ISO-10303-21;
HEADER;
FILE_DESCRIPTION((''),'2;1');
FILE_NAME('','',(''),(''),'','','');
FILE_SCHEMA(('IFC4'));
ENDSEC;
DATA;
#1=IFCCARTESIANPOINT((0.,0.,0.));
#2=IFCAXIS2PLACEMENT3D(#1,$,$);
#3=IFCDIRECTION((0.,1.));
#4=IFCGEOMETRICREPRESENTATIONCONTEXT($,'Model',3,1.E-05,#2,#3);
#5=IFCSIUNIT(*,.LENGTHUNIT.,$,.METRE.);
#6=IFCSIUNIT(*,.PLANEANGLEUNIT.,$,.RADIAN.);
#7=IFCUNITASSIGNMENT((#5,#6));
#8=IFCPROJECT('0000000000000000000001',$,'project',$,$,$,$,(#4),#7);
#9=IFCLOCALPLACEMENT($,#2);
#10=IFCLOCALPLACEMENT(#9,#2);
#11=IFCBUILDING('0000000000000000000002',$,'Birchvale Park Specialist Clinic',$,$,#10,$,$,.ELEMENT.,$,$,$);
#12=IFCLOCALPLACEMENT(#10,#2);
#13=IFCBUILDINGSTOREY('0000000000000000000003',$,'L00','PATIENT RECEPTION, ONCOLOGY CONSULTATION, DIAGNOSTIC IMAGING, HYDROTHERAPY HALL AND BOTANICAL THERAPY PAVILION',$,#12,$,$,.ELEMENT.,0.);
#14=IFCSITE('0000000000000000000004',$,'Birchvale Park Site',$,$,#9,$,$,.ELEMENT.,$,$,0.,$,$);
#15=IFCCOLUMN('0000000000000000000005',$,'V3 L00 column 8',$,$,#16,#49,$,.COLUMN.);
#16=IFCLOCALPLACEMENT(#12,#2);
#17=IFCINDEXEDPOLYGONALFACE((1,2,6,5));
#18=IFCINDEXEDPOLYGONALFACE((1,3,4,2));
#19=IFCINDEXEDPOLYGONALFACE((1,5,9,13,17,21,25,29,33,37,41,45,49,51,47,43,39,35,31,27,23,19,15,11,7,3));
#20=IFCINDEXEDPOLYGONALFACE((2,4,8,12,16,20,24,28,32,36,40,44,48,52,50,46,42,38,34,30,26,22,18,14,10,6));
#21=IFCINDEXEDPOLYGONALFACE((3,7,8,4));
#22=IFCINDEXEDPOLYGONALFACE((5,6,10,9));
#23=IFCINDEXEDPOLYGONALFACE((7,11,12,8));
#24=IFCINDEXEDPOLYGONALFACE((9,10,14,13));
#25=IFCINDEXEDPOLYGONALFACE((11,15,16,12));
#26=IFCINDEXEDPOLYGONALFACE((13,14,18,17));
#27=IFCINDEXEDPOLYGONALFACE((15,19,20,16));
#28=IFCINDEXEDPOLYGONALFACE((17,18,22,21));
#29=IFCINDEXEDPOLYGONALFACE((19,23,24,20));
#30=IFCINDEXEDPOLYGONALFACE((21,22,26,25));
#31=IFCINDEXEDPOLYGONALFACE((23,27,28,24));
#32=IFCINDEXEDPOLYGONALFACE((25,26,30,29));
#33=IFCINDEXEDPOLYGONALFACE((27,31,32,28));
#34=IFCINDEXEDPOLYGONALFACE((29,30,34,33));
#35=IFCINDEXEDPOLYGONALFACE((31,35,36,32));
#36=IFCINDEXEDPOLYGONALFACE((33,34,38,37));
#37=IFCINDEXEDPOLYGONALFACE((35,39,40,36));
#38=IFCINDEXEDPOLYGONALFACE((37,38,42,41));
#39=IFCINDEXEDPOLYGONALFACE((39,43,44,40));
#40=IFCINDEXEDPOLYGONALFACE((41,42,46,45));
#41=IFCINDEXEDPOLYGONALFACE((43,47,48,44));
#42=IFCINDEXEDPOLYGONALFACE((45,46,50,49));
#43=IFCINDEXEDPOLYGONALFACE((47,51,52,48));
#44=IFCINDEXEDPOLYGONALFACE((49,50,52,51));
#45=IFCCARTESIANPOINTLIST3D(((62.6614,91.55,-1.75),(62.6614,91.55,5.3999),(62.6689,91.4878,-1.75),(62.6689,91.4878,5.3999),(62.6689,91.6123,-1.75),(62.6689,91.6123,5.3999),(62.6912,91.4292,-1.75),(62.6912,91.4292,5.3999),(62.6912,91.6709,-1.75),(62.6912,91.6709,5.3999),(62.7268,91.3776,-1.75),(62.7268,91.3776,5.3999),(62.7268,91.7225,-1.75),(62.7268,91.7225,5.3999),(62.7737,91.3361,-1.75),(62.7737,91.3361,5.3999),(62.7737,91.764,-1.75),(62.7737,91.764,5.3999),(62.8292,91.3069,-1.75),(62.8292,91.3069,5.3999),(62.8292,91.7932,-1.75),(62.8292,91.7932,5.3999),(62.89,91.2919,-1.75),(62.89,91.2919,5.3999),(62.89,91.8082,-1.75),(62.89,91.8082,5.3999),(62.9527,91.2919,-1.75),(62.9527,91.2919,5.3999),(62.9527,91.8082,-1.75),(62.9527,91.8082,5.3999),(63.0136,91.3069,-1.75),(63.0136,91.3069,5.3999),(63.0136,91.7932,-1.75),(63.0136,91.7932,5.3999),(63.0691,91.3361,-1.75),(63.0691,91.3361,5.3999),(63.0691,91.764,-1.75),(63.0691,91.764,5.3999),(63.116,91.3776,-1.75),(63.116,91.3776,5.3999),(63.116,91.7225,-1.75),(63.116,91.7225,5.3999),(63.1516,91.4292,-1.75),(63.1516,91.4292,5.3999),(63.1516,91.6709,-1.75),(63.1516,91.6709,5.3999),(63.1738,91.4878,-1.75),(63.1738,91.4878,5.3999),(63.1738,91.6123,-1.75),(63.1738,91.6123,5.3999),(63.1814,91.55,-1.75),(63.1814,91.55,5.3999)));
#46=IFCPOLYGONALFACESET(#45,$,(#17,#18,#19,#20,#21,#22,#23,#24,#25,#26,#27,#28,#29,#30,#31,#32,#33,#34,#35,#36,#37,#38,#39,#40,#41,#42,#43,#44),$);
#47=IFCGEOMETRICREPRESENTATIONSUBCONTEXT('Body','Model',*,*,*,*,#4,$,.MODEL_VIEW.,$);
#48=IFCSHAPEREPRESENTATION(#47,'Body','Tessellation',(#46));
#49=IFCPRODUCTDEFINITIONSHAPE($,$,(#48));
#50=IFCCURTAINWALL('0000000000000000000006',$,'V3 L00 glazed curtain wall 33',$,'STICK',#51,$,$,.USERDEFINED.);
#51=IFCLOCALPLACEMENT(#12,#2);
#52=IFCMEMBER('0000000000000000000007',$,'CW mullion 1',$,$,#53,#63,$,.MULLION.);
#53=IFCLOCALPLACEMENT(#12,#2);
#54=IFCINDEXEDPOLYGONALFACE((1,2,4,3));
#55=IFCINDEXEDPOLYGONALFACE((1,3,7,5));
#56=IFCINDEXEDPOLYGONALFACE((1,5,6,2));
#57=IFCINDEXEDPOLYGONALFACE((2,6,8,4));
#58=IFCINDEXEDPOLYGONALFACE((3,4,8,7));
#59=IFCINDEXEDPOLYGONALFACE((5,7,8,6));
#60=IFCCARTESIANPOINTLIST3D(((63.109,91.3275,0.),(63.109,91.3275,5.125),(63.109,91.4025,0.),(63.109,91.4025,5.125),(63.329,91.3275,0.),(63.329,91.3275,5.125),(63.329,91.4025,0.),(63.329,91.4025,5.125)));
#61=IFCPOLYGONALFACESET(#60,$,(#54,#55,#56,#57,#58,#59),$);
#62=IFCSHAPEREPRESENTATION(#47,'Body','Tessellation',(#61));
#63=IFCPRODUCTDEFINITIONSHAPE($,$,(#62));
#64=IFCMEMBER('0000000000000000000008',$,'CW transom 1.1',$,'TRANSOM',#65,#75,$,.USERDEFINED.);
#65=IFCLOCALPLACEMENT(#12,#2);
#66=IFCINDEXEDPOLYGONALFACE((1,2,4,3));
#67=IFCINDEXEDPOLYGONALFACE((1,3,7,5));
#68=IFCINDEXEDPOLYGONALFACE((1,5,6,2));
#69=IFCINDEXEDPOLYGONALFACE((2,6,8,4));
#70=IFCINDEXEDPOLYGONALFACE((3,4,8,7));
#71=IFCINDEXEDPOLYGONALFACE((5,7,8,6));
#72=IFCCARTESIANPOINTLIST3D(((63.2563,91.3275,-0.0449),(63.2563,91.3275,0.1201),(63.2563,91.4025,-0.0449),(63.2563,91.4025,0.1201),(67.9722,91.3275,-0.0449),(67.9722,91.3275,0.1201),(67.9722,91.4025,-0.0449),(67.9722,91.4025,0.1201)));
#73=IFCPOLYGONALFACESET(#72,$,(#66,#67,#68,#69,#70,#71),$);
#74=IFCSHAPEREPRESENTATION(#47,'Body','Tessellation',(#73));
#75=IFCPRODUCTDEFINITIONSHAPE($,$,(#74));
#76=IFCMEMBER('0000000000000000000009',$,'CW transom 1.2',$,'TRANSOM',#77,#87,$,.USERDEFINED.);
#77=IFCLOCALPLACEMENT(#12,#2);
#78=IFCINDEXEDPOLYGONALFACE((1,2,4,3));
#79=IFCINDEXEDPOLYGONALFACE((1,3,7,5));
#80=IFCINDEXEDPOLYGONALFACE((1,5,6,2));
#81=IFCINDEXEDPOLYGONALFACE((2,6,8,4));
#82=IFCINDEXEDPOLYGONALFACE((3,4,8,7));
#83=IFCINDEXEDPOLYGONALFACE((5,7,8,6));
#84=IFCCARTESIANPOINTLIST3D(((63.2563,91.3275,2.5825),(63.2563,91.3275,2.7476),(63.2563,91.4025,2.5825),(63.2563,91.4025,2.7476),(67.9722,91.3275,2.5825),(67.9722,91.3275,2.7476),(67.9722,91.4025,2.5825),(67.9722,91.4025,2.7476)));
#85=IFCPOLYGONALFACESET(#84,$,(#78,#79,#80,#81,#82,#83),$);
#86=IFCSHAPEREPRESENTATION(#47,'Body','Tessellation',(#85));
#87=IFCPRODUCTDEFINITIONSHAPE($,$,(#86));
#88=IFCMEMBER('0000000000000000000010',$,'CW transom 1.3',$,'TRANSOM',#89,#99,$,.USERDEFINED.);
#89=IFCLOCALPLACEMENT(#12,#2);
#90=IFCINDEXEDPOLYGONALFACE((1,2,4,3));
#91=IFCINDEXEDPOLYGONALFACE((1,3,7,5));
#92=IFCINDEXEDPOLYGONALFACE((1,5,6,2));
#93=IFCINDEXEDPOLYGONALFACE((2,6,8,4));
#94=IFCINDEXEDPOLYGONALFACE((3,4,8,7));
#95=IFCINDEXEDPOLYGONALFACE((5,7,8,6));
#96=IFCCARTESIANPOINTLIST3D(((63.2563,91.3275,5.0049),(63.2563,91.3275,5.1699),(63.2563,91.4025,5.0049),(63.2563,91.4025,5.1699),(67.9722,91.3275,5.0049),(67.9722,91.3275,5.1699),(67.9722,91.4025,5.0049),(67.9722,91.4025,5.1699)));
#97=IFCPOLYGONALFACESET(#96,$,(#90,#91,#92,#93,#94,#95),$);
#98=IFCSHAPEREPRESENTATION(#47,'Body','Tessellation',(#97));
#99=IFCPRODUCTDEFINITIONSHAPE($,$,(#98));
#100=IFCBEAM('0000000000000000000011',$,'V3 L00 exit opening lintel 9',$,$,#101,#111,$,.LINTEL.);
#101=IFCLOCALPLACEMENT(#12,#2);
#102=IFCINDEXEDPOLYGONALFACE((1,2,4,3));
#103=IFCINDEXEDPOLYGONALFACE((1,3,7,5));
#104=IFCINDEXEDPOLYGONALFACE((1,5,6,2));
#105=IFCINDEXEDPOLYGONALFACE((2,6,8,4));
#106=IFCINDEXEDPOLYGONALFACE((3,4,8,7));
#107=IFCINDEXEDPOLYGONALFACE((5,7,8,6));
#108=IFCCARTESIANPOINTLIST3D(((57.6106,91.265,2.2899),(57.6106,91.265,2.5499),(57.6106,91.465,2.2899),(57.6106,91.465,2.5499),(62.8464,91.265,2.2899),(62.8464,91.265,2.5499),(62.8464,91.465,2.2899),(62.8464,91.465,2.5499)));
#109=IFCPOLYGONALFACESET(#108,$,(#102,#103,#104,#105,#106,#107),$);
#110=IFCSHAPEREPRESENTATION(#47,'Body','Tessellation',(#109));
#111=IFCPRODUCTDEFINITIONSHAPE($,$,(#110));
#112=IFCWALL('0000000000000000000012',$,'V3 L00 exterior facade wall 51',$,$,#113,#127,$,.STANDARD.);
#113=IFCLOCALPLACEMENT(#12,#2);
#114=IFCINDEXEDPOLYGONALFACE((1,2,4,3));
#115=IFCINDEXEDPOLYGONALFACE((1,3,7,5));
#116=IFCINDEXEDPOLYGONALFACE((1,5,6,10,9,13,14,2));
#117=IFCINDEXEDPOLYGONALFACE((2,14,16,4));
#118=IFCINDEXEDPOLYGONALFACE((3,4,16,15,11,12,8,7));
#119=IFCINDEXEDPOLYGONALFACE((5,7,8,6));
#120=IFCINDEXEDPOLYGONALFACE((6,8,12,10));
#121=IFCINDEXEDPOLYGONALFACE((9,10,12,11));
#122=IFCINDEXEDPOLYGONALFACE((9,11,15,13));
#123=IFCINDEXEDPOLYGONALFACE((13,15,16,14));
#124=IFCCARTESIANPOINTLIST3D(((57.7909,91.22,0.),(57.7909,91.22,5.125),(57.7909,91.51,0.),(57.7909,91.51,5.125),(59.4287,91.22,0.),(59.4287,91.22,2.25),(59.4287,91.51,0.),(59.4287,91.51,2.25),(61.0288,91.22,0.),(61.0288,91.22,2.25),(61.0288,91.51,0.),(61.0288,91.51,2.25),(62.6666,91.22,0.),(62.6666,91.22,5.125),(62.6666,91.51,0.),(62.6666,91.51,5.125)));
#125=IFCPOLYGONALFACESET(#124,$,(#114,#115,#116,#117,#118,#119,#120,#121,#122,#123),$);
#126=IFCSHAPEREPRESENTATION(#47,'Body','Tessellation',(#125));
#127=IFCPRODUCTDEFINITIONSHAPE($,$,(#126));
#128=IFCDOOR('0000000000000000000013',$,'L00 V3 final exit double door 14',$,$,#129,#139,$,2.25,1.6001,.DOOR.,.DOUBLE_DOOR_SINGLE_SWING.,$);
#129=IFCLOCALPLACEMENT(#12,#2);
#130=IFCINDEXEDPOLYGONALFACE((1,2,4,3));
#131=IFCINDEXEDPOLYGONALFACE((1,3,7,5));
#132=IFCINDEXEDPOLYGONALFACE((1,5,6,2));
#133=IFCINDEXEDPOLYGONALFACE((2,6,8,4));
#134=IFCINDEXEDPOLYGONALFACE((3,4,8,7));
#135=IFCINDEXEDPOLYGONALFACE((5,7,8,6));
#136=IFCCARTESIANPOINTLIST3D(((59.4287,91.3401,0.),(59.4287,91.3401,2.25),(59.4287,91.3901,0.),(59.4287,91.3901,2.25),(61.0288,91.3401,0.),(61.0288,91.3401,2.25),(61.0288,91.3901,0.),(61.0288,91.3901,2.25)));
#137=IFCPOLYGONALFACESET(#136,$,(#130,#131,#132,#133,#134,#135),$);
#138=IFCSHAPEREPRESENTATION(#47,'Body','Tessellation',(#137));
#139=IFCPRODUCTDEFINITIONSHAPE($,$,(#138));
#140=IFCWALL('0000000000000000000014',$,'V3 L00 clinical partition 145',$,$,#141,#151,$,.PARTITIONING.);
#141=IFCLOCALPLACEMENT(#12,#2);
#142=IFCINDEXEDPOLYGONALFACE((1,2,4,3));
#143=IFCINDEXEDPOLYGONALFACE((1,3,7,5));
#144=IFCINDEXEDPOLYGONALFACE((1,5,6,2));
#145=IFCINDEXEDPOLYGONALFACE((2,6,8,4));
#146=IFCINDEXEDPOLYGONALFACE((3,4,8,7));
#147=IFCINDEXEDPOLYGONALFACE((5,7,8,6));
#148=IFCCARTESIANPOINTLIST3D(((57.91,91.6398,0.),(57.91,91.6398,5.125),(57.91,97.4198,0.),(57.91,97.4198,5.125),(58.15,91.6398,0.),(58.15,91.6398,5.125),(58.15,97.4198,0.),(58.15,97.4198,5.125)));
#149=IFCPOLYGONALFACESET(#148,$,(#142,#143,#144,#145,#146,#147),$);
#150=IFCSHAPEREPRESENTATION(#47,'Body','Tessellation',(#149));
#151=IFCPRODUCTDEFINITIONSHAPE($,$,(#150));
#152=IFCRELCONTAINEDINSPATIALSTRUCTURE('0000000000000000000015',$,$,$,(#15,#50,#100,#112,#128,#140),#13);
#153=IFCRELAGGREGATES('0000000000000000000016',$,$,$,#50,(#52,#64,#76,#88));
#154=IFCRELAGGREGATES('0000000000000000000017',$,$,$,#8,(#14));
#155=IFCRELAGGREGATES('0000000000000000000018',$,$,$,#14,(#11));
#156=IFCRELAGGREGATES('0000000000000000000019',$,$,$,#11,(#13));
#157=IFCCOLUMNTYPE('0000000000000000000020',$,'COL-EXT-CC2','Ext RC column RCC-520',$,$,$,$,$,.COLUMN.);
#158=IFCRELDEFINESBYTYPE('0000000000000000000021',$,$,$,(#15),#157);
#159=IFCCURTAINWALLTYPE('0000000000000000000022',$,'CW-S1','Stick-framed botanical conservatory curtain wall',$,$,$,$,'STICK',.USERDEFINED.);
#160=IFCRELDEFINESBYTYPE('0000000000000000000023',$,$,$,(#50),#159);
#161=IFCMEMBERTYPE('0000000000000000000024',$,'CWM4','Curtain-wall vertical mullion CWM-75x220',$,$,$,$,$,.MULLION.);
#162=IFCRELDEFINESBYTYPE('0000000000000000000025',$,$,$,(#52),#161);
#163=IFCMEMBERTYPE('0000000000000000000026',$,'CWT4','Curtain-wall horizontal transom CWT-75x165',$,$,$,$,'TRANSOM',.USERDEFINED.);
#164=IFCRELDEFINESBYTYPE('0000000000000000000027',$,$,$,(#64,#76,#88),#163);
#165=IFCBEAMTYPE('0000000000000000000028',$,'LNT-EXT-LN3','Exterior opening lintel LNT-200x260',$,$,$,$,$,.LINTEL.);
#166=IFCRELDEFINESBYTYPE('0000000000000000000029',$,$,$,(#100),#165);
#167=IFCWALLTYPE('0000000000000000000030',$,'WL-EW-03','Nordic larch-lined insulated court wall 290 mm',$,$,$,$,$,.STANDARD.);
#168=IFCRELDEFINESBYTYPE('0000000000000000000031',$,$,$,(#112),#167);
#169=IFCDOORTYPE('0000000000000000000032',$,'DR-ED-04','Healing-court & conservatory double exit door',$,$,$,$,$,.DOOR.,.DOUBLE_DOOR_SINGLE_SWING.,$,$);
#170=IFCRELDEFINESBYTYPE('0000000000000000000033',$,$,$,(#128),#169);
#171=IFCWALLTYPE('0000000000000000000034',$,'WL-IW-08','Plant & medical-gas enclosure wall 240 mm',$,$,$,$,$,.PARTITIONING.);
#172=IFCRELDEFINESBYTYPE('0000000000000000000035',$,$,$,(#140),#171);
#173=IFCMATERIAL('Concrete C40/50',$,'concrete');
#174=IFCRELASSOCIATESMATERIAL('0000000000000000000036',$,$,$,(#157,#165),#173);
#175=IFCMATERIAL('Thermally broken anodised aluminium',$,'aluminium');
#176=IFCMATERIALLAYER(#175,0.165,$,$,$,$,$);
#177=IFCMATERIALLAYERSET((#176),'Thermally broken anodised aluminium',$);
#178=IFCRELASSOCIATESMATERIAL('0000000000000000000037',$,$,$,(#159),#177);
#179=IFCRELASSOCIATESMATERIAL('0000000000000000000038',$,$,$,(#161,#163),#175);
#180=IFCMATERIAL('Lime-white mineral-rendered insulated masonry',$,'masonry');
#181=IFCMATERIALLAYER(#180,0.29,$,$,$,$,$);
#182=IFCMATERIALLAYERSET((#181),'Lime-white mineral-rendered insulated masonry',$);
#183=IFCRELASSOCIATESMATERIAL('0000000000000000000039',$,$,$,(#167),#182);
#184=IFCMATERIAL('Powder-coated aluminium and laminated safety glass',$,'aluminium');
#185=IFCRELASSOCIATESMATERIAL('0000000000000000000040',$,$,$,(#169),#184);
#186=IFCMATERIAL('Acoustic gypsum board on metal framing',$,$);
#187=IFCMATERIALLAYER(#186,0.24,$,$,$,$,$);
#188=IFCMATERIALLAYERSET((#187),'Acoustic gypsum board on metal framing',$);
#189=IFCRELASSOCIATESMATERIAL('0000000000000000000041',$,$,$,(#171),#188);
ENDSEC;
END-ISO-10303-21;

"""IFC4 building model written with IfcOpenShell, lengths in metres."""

from ifc_helpers import new_model, si_unit, direction, frame, frame_2d, origin, origin_2d, place, context, subcontext, project, spatial, rectangle, circle, extrude, material, layer, layer_set, material_profile, profile_set, type_object, element, fill, aggregate, save


model = new_model("IFC4")

# Units and contexts
model_context = context("Model", 3, precision=1e-05, world=origin(), true_north=direction((0.0, 1.0)))
body_context = subcontext(model_context, "Body", "Model", "MODEL_VIEW")
ifc_project = project(units=[si_unit("LENGTHUNIT", "METRE"), si_unit("PLANEANGLEUNIT", "RADIAN")], contexts=[model_context])

# Site, building, storey
site_placement = place(None, origin())
site = spatial("IfcSite", under=ifc_project, at=site_placement, Name="Birchvale Park Site", CompositionType="ELEMENT", RefElevation=0.0)
building_placement = place(site_placement, origin())
building = spatial("IfcBuilding", under=site, at=building_placement, Name="Birchvale Park Specialist Clinic", CompositionType="ELEMENT")
storey_placement = place(building_placement, origin())
storey = spatial("IfcBuildingStorey", under=building, at=storey_placement, Name="L00", Description="PATIENT RECEPTION, ONCOLOGY CONSULTATION, DIAGNOSTIC IMAGING, HYDROTHERAPY HALL AND BOTANICAL THERAPY PAVILION", CompositionType="ELEMENT", Elevation=0.0)

# Shared definitions
ifc_material_1 = material(Name="Concrete C40/50", Category="concrete")

# Column
ifc_material_profile_1 = material_profile(ifc_material_1, circle(Radius=0.26, at=origin_2d()), Name="RCC-520")
ifc_profile_set_1 = profile_set([ifc_material_profile_1], Name="Concrete C40/50")
column_type = type_object("IfcColumnType", Name="COL-EXT-CC2", Description="Ext RC column RCC-520", PredefinedType="COLUMN", material=ifc_profile_set_1)
for number, where, z_axis, x_axis, name in (
    (1, (62.9214, 91.55, -1.75), (0.0, 0.0, 1.0), (1.0, 0.0, 0.0), "V3 L00 column 8"),
):
    element("IfcColumn", number, at=place(storey_placement, frame(where, z_axis=z_axis, x_axis=x_axis)), inside=storey, type_object=column_type, Name=name, PredefinedType="COLUMN", context=body_context, shape_type="SweptSolid", body=[
        extrude(circle(Radius=0.26, at=origin_2d()), origin(), (0.0, 0.0, 1.0), 7.1499),
    ])

# Curtain wall, members
ifc_material_2 = material(Name="Thermally broken anodised aluminium", Category="aluminium")
ifc_layer_1 = layer(ifc_material_2, 0.165)
ifc_layer_set_1 = layer_set([ifc_layer_1], Name="Thermally broken anodised aluminium")
curtain_wall_type = type_object("IfcCurtainWallType", Name="CW-S1", Description="Stick-framed botanical conservatory curtain wall", ElementType="STICK", PredefinedType="USERDEFINED", material=ifc_layer_set_1)
curtain_wall_placement = place(storey_placement, origin())
curtain_wall = element("IfcCurtainWall", 2, at=curtain_wall_placement, inside=storey, type_object=curtain_wall_type, Name="V3 L00 glazed curtain wall 33", ObjectType="STICK", PredefinedType="USERDEFINED")
ifc_material_profile_2 = material_profile(ifc_material_2, rectangle(XDim=0.075, YDim=0.22, at=origin_2d()), Name="CWM-75x220")
ifc_profile_set_2 = profile_set([ifc_material_profile_2], Name="Thermally broken anodised aluminium")
member_type_1 = type_object("IfcMemberType", Name="CWM4", Description="Curtain-wall vertical mullion CWM-75x220", PredefinedType="MULLION", material=ifc_profile_set_2)
member_1_placement = place(storey_placement, frame((63.219, 91.365, 0.0), z_axis=(0.0, 0.0, 1.0), x_axis=(0.0, 1.0, 0.0)))
member_1 = element("IfcMember", 3, at=member_1_placement, type_object=member_type_1, Name="CW mullion 1", PredefinedType="MULLION", context=body_context, shape_type="SweptSolid", body=[
    extrude(rectangle(XDim=0.075, YDim=0.22, at=origin_2d()), origin(), (0.0, 0.0, 1.0), 5.125),
])
ifc_material_profile_3 = material_profile(ifc_material_2, rectangle(XDim=0.075, YDim=0.165, at=origin_2d()), Name="CWT-75x165")
ifc_profile_set_3 = profile_set([ifc_material_profile_3], Name="Thermally broken anodised aluminium")
member_type_2 = type_object("IfcMemberType", Name="CWT4", Description="Curtain-wall horizontal transom CWT-75x165", ElementType="TRANSOM", PredefinedType="USERDEFINED", material=ifc_profile_set_3)
member_2_placement = place(storey_placement, frame((63.2563, 91.365, 0.0376), z_axis=(1.0, 0.0, 0.0), x_axis=(0.0, 1.0, 0.0)))
member_2 = element("IfcMember", 4, at=member_2_placement, type_object=member_type_2, Name="CW transom 1.1", ObjectType="TRANSOM", PredefinedType="USERDEFINED", context=body_context, shape_type="SweptSolid", body=[
    extrude(rectangle(XDim=0.075, YDim=0.165, at=origin_2d()), origin(), (0.0, 0.0, 1.0), 4.7158),
])
member_3_placement = place(storey_placement, frame((63.2563, 91.365, 2.665), z_axis=(1.0, 0.0, 0.0), x_axis=(0.0, 1.0, 0.0)))
member_3 = element("IfcMember", 5, at=member_3_placement, type_object=member_type_2, Name="CW transom 1.2", ObjectType="TRANSOM", PredefinedType="USERDEFINED", context=body_context, shape_type="SweptSolid", body=[
    extrude(rectangle(XDim=0.075, YDim=0.165, at=origin_2d()), origin(), (0.0, 0.0, 1.0), 4.7158),
])
member_4_placement = place(storey_placement, frame((63.2563, 91.365, 5.0874), z_axis=(1.0, 0.0, 0.0), x_axis=(0.0, 1.0, 0.0)))
member_4 = element("IfcMember", 6, at=member_4_placement, type_object=member_type_2, Name="CW transom 1.3", ObjectType="TRANSOM", PredefinedType="USERDEFINED", context=body_context, shape_type="SweptSolid", body=[
    extrude(rectangle(XDim=0.075, YDim=0.165, at=origin_2d()), origin(), (0.0, 0.0, 1.0), 4.7158),
])
aggregate(curtain_wall, [member_1, member_2, member_3, member_4])

# Beam
ifc_material_profile_4 = material_profile(ifc_material_1, rectangle(XDim=0.2, YDim=0.26, at=origin_2d()), Name="LNT-200x260")
ifc_profile_set_4 = profile_set([ifc_material_profile_4], Name="Concrete C40/50")
beam_type = type_object("IfcBeamType", Name="LNT-EXT-LN3", Description="Exterior opening lintel LNT-200x260", PredefinedType="LINTEL", material=ifc_profile_set_4)
beam_placement = place(storey_placement, frame((57.6106, 91.365, 2.4199), z_axis=(1.0, 0.0, 0.0), x_axis=(0.0, 1.0, 0.0)))
element("IfcBeam", 7, at=beam_placement, inside=storey, type_object=beam_type, Name="V3 L00 exit opening lintel 9", PredefinedType="LINTEL", context=body_context, shape_type="SweptSolid", body=[
    extrude(rectangle(XDim=0.2, YDim=0.26, at=origin_2d()), origin(), (0.0, 0.0, 1.0), 5.2358),
])

# Wall, opening, door
ifc_material_3 = material(Name="Lime-white mineral-rendered insulated masonry", Category="masonry")
ifc_layer_2 = layer(ifc_material_3, 0.29)
ifc_layer_set_2 = layer_set([ifc_layer_2], Name="Lime-white mineral-rendered insulated masonry")
wall_type_1 = type_object("IfcWallType", Name="WL-EW-03", Description="Nordic larch-lined insulated court wall 290 mm", PredefinedType="STANDARD", material=ifc_layer_set_2)
wall_1_placement = place(storey_placement, frame((57.7908, 91.365, 0.0), z_axis=(0.0, 0.0, 1.0), x_axis=(1.0, 0.0, 0.0)))
wall_1 = element("IfcWall", 8, at=wall_1_placement, inside=storey, type_object=wall_type_1, Name="V3 L00 exterior facade wall 51", PredefinedType="STANDARD", context=body_context, shape_type="SweptSolid", body=[
    extrude(rectangle(XDim=4.8757, YDim=0.29, at=frame_2d((2.438, 0.0))), origin(), (0.0, 0.0, 1.0), 5.125),
])
opening_1_placement = place(wall_1_placement, frame((1.6379, 0.0, 0.0)))
opening_1 = element("IfcOpeningElement", 9, at=opening_1_placement, cuts=wall_1, PredefinedType="OPENING", context=body_context, shape_type="SweptSolid", body=[
    extrude(rectangle(XDim=1.6001, YDim=2.25, at=frame_2d((0.8, 1.125))), frame((0.0, 0.155, 0.0), z_axis=(0.0, -1.0, 0.0), x_axis=(1.0, 0.0, 0.0)), (0.0, 0.0, 1.0), 0.3101),
])
ifc_material_4 = material(Name="Powder-coated aluminium and laminated safety glass", Category="aluminium")
door_type_1 = type_object("IfcDoorType", Name="DR-ED-04", Description="Healing-court & conservatory double exit door", OperationType="DOUBLE_DOOR_SINGLE_SWING", PredefinedType="DOOR", material=ifc_material_4)
door_1_placement = place(opening_1_placement, frame((1.6001, 0.0, 0.0), z_axis=(0.0, 0.0, 1.0), x_axis=(-1.0, 0.0, 0.0)))
door_1 = element("IfcDoor", 10, at=door_1_placement, inside=storey, type_object=door_type_1, Name="L00 V3 final exit double door 14", OperationType="DOUBLE_DOOR_SINGLE_SWING", OverallHeight=2.25, OverallWidth=1.6001, PredefinedType="DOOR", context=body_context, shape_type="SweptSolid", body=[
    extrude(rectangle(XDim=1.6001, YDim=2.25, at=frame_2d((0.8, 1.125))), frame((0.0, 0.0249, 0.0), z_axis=(0.0, -1.0, 0.0), x_axis=(1.0, 0.0, 0.0)), (0.0, 0.0, 1.0), 0.05),
])
fill(opening_1, door_1)

# Wall
ifc_material_5 = material(Name="Acoustic gypsum board on metal framing")
ifc_layer_3 = layer(ifc_material_5, 0.24)
ifc_layer_set_3 = layer_set([ifc_layer_3], Name="Acoustic gypsum board on metal framing")
wall_type_2 = type_object("IfcWallType", Name="WL-IW-08", Description="Plant & medical-gas enclosure wall 240 mm", PredefinedType="PARTITIONING", material=ifc_layer_set_3)
wall_2_placement = place(storey_placement, frame((58.03, 97.4199, 0.0), z_axis=(0.0, 0.0, 1.0), x_axis=(0.0, -1.0, 0.0)))
element("IfcWall", 11, at=wall_2_placement, inside=storey, type_object=wall_type_2, Name="V3 L00 clinical partition 145", PredefinedType="PARTITIONING", context=body_context, shape_type="SweptSolid", body=[
    extrude(rectangle(XDim=5.78, YDim=0.24, at=frame_2d((2.8901, 0.0))), origin(), (0.0, 0.0, 1.0), 5.125),
])

save(model, "model.ifc")
